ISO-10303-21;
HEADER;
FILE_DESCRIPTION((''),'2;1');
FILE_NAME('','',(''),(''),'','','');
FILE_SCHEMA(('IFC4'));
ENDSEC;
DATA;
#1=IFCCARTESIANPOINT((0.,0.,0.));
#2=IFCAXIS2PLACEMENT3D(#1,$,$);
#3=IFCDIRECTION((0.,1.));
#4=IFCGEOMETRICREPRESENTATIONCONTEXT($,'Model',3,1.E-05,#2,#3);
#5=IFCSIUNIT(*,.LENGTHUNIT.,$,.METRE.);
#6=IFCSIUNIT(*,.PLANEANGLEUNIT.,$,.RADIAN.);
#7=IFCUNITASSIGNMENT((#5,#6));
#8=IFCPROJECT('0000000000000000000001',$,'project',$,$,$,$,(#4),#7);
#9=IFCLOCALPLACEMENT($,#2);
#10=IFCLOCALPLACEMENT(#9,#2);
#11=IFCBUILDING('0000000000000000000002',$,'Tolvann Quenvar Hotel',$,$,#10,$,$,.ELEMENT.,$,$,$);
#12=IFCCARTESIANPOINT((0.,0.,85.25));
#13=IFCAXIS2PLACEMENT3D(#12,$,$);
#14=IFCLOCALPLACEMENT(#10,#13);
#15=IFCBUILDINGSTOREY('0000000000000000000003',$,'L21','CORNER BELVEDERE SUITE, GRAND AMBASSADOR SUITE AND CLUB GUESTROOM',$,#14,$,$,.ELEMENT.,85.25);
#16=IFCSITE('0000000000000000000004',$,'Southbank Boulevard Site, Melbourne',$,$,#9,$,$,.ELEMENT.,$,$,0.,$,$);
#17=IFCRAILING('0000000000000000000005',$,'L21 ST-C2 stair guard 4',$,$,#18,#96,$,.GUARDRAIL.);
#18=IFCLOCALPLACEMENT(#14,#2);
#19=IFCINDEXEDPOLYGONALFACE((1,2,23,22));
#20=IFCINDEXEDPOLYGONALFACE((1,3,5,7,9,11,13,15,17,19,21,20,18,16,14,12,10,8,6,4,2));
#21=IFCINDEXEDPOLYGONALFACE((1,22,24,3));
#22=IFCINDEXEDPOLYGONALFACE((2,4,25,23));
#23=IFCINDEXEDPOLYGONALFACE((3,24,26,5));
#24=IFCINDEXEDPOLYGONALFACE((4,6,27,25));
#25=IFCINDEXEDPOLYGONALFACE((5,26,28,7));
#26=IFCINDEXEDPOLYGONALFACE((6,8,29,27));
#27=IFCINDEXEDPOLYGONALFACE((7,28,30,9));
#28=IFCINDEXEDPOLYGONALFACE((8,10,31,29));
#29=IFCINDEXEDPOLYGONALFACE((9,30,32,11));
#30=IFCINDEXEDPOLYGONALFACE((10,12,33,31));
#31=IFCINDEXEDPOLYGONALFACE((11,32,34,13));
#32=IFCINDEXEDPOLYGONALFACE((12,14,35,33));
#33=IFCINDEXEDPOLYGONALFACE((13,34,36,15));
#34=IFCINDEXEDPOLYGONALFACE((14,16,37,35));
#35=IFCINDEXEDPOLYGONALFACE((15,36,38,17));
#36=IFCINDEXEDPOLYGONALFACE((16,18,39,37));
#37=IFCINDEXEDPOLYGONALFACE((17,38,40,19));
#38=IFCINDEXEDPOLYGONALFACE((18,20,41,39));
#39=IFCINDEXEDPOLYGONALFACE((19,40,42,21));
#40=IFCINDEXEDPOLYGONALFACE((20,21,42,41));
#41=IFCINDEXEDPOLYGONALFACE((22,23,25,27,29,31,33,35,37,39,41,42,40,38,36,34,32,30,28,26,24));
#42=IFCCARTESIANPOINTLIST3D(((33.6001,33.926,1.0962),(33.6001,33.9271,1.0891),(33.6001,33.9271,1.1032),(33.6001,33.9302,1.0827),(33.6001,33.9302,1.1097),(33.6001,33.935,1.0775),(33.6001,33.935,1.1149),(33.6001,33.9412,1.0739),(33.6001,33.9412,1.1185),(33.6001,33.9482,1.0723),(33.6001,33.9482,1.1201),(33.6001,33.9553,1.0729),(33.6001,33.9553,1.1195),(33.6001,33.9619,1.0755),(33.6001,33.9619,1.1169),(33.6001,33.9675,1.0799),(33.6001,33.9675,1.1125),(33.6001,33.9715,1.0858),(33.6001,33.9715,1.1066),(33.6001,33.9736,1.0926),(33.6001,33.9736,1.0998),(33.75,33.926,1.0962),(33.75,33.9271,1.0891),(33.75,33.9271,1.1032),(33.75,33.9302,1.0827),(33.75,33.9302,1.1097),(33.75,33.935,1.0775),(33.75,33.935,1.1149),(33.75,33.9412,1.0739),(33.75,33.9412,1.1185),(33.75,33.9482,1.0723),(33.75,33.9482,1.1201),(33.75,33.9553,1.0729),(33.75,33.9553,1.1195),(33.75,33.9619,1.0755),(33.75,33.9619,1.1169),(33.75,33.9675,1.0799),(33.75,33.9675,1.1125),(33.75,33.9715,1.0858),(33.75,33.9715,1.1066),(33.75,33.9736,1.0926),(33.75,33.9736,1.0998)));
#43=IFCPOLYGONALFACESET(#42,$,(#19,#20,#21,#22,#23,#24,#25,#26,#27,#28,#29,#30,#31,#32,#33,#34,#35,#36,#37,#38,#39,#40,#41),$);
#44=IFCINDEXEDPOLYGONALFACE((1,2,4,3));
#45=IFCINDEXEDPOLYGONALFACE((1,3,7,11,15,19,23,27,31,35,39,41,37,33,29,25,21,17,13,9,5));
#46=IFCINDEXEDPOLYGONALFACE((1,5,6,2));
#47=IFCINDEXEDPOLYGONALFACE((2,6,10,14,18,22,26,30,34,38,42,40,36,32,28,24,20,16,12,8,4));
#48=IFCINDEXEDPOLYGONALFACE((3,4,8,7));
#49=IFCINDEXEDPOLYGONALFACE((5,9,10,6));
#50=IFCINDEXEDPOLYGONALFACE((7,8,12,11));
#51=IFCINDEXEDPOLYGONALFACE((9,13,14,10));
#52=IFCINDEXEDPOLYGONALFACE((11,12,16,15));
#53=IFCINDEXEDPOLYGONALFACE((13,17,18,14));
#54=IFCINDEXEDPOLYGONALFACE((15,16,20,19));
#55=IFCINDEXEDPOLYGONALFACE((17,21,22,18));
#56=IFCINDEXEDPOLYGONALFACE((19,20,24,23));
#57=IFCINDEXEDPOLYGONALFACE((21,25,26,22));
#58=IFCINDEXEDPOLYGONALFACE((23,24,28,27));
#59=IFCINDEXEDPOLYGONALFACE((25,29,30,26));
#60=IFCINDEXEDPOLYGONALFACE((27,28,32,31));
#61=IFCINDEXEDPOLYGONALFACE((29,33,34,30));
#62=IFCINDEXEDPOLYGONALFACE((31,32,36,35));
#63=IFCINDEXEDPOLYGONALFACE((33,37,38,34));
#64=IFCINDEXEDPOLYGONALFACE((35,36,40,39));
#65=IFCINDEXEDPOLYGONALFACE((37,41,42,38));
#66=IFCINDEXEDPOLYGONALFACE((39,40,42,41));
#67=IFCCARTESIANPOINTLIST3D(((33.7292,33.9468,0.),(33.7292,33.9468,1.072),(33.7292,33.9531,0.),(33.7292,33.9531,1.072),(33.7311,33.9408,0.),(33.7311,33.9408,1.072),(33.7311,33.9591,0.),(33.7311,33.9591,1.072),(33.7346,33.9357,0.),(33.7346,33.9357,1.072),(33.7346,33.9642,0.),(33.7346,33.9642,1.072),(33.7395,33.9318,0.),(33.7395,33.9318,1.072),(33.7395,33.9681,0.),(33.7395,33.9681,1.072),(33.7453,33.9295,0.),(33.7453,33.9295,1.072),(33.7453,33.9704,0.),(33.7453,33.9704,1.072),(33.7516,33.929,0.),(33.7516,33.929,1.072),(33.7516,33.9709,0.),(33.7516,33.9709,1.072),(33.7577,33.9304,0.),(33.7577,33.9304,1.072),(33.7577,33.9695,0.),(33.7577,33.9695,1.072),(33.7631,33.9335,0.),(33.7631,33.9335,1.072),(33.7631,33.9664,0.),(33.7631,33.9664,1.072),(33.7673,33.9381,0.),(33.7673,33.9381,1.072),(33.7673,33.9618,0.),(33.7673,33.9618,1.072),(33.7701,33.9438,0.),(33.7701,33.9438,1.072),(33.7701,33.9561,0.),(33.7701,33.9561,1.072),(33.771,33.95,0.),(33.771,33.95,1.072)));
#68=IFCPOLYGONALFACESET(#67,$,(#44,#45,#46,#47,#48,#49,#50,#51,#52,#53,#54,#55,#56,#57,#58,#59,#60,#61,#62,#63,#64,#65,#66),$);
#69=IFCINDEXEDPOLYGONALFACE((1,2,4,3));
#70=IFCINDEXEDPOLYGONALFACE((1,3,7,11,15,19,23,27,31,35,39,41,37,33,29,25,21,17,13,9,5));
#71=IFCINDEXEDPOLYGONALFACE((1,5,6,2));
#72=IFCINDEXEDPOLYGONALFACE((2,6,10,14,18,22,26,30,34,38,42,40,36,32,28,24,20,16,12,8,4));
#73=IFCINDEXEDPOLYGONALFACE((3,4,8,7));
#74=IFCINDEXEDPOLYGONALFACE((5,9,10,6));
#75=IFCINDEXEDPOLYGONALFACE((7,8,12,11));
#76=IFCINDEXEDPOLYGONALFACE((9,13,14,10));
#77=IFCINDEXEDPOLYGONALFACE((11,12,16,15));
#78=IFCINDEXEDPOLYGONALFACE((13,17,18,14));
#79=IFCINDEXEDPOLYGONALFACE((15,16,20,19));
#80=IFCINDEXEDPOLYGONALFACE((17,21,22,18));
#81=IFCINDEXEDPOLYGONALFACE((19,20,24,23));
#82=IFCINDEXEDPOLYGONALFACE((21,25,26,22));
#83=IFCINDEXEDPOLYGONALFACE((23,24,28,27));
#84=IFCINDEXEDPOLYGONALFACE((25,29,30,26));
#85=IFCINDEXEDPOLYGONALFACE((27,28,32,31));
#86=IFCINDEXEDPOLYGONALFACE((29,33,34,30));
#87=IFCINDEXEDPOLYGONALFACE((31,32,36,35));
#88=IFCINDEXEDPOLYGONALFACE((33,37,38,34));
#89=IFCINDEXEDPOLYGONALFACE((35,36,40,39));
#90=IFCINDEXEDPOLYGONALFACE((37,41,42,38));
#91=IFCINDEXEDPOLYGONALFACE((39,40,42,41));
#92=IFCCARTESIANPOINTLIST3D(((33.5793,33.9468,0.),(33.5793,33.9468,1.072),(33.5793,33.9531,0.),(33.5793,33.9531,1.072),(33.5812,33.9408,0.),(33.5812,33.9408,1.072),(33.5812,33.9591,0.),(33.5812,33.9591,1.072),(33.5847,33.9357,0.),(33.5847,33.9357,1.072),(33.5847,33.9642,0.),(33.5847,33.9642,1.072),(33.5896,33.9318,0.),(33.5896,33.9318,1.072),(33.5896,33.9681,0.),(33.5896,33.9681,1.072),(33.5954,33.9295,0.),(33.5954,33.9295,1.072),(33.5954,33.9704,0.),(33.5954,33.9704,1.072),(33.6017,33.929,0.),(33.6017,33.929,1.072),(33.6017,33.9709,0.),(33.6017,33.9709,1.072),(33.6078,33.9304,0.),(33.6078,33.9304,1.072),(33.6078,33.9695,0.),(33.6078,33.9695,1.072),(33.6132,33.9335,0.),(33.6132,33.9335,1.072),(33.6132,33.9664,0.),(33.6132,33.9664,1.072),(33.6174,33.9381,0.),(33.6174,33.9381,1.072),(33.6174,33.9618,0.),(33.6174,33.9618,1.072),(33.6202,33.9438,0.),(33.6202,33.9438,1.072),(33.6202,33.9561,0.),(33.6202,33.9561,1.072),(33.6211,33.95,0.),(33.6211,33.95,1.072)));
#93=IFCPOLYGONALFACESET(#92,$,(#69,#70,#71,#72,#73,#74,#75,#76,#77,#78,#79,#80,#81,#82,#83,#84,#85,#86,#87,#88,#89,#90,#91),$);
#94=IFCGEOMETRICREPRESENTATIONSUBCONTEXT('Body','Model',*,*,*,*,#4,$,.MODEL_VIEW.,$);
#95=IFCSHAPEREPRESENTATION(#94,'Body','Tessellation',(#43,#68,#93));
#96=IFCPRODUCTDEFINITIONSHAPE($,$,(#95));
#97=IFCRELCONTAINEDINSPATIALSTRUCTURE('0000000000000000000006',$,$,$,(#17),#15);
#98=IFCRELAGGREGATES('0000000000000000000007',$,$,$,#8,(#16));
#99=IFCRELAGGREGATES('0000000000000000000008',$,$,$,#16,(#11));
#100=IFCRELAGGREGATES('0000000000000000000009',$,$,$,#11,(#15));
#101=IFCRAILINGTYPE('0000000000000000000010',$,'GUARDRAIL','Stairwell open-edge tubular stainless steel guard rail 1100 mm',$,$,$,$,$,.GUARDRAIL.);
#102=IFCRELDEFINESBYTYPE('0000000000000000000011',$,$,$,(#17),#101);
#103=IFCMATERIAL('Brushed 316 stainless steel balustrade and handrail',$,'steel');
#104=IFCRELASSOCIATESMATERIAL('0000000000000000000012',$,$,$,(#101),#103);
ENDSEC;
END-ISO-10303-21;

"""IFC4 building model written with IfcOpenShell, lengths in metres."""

from ifc_helpers import new_model, si_unit, direction, frame, origin, origin_2d, place, context, subcontext, project, spatial, circle, extrude, material, type_object, element, save


model = new_model("IFC4")

# Units and contexts
model_context = context("Model", 3, precision=1e-05, world=origin(), true_north=direction((0.0, 1.0)))
body_context = subcontext(model_context, "Body", "Model", "MODEL_VIEW")
ifc_project = project(units=[si_unit("LENGTHUNIT", "METRE"), si_unit("PLANEANGLEUNIT", "RADIAN")], contexts=[model_context])

# Site, building, storey
site_placement = place(None, origin())
site = spatial("IfcSite", under=ifc_project, at=site_placement, Name="Southbank Boulevard Site, Melbourne", CompositionType="ELEMENT", RefElevation=0.0)
building_placement = place(site_placement, origin())
building = spatial("IfcBuilding", under=site, at=building_placement, Name="Tolvann Quenvar Hotel", CompositionType="ELEMENT")
storey_placement = place(building_placement, frame((0.0, 0.0, 85.25)))
storey = spatial("IfcBuildingStorey", under=building, at=storey_placement, Name="L21", Description="CORNER BELVEDERE SUITE, GRAND AMBASSADOR SUITE AND CLUB GUESTROOM", CompositionType="ELEMENT", Elevation=85.25)

# Railing
ifc_material_1 = material(Name="Brushed 316 stainless steel balustrade and handrail", Category="steel")
railing_type_1 = type_object("IfcRailingType", Name="GUARDRAIL", Description="Stairwell open-edge tubular stainless steel guard rail 1100 mm", PredefinedType="GUARDRAIL", material=ifc_material_1)
railing_1_placement = place(storey_placement, frame((33.75, 33.95, 0.0)))
element("IfcRailing", 1, at=railing_1_placement, inside=storey, type_object=railing_type_1, Name="L21 ST-C2 stair guard 4", PredefinedType="GUARDRAIL", context=body_context, shape_type="SweptSolid", body=[
    extrude(circle(Radius=0.0239, at=origin_2d()), frame((0.0, 0.0, 1.0962), z_axis=(-1.0, 0.0, 0.0), x_axis=(0.0, -1.0, 0.0)), (0.0, 0.0, 1.0), 0.1499),
    extrude(circle(Radius=0.021, at=origin_2d()), origin(), (0.0, 0.0, 1.0), 1.072),
    extrude(circle(Radius=0.021, at=origin_2d()), frame((-0.1499, 0.0, 0.0)), (0.0, 0.0, 1.0), 1.072),
])

save(model, "model.ifc")
